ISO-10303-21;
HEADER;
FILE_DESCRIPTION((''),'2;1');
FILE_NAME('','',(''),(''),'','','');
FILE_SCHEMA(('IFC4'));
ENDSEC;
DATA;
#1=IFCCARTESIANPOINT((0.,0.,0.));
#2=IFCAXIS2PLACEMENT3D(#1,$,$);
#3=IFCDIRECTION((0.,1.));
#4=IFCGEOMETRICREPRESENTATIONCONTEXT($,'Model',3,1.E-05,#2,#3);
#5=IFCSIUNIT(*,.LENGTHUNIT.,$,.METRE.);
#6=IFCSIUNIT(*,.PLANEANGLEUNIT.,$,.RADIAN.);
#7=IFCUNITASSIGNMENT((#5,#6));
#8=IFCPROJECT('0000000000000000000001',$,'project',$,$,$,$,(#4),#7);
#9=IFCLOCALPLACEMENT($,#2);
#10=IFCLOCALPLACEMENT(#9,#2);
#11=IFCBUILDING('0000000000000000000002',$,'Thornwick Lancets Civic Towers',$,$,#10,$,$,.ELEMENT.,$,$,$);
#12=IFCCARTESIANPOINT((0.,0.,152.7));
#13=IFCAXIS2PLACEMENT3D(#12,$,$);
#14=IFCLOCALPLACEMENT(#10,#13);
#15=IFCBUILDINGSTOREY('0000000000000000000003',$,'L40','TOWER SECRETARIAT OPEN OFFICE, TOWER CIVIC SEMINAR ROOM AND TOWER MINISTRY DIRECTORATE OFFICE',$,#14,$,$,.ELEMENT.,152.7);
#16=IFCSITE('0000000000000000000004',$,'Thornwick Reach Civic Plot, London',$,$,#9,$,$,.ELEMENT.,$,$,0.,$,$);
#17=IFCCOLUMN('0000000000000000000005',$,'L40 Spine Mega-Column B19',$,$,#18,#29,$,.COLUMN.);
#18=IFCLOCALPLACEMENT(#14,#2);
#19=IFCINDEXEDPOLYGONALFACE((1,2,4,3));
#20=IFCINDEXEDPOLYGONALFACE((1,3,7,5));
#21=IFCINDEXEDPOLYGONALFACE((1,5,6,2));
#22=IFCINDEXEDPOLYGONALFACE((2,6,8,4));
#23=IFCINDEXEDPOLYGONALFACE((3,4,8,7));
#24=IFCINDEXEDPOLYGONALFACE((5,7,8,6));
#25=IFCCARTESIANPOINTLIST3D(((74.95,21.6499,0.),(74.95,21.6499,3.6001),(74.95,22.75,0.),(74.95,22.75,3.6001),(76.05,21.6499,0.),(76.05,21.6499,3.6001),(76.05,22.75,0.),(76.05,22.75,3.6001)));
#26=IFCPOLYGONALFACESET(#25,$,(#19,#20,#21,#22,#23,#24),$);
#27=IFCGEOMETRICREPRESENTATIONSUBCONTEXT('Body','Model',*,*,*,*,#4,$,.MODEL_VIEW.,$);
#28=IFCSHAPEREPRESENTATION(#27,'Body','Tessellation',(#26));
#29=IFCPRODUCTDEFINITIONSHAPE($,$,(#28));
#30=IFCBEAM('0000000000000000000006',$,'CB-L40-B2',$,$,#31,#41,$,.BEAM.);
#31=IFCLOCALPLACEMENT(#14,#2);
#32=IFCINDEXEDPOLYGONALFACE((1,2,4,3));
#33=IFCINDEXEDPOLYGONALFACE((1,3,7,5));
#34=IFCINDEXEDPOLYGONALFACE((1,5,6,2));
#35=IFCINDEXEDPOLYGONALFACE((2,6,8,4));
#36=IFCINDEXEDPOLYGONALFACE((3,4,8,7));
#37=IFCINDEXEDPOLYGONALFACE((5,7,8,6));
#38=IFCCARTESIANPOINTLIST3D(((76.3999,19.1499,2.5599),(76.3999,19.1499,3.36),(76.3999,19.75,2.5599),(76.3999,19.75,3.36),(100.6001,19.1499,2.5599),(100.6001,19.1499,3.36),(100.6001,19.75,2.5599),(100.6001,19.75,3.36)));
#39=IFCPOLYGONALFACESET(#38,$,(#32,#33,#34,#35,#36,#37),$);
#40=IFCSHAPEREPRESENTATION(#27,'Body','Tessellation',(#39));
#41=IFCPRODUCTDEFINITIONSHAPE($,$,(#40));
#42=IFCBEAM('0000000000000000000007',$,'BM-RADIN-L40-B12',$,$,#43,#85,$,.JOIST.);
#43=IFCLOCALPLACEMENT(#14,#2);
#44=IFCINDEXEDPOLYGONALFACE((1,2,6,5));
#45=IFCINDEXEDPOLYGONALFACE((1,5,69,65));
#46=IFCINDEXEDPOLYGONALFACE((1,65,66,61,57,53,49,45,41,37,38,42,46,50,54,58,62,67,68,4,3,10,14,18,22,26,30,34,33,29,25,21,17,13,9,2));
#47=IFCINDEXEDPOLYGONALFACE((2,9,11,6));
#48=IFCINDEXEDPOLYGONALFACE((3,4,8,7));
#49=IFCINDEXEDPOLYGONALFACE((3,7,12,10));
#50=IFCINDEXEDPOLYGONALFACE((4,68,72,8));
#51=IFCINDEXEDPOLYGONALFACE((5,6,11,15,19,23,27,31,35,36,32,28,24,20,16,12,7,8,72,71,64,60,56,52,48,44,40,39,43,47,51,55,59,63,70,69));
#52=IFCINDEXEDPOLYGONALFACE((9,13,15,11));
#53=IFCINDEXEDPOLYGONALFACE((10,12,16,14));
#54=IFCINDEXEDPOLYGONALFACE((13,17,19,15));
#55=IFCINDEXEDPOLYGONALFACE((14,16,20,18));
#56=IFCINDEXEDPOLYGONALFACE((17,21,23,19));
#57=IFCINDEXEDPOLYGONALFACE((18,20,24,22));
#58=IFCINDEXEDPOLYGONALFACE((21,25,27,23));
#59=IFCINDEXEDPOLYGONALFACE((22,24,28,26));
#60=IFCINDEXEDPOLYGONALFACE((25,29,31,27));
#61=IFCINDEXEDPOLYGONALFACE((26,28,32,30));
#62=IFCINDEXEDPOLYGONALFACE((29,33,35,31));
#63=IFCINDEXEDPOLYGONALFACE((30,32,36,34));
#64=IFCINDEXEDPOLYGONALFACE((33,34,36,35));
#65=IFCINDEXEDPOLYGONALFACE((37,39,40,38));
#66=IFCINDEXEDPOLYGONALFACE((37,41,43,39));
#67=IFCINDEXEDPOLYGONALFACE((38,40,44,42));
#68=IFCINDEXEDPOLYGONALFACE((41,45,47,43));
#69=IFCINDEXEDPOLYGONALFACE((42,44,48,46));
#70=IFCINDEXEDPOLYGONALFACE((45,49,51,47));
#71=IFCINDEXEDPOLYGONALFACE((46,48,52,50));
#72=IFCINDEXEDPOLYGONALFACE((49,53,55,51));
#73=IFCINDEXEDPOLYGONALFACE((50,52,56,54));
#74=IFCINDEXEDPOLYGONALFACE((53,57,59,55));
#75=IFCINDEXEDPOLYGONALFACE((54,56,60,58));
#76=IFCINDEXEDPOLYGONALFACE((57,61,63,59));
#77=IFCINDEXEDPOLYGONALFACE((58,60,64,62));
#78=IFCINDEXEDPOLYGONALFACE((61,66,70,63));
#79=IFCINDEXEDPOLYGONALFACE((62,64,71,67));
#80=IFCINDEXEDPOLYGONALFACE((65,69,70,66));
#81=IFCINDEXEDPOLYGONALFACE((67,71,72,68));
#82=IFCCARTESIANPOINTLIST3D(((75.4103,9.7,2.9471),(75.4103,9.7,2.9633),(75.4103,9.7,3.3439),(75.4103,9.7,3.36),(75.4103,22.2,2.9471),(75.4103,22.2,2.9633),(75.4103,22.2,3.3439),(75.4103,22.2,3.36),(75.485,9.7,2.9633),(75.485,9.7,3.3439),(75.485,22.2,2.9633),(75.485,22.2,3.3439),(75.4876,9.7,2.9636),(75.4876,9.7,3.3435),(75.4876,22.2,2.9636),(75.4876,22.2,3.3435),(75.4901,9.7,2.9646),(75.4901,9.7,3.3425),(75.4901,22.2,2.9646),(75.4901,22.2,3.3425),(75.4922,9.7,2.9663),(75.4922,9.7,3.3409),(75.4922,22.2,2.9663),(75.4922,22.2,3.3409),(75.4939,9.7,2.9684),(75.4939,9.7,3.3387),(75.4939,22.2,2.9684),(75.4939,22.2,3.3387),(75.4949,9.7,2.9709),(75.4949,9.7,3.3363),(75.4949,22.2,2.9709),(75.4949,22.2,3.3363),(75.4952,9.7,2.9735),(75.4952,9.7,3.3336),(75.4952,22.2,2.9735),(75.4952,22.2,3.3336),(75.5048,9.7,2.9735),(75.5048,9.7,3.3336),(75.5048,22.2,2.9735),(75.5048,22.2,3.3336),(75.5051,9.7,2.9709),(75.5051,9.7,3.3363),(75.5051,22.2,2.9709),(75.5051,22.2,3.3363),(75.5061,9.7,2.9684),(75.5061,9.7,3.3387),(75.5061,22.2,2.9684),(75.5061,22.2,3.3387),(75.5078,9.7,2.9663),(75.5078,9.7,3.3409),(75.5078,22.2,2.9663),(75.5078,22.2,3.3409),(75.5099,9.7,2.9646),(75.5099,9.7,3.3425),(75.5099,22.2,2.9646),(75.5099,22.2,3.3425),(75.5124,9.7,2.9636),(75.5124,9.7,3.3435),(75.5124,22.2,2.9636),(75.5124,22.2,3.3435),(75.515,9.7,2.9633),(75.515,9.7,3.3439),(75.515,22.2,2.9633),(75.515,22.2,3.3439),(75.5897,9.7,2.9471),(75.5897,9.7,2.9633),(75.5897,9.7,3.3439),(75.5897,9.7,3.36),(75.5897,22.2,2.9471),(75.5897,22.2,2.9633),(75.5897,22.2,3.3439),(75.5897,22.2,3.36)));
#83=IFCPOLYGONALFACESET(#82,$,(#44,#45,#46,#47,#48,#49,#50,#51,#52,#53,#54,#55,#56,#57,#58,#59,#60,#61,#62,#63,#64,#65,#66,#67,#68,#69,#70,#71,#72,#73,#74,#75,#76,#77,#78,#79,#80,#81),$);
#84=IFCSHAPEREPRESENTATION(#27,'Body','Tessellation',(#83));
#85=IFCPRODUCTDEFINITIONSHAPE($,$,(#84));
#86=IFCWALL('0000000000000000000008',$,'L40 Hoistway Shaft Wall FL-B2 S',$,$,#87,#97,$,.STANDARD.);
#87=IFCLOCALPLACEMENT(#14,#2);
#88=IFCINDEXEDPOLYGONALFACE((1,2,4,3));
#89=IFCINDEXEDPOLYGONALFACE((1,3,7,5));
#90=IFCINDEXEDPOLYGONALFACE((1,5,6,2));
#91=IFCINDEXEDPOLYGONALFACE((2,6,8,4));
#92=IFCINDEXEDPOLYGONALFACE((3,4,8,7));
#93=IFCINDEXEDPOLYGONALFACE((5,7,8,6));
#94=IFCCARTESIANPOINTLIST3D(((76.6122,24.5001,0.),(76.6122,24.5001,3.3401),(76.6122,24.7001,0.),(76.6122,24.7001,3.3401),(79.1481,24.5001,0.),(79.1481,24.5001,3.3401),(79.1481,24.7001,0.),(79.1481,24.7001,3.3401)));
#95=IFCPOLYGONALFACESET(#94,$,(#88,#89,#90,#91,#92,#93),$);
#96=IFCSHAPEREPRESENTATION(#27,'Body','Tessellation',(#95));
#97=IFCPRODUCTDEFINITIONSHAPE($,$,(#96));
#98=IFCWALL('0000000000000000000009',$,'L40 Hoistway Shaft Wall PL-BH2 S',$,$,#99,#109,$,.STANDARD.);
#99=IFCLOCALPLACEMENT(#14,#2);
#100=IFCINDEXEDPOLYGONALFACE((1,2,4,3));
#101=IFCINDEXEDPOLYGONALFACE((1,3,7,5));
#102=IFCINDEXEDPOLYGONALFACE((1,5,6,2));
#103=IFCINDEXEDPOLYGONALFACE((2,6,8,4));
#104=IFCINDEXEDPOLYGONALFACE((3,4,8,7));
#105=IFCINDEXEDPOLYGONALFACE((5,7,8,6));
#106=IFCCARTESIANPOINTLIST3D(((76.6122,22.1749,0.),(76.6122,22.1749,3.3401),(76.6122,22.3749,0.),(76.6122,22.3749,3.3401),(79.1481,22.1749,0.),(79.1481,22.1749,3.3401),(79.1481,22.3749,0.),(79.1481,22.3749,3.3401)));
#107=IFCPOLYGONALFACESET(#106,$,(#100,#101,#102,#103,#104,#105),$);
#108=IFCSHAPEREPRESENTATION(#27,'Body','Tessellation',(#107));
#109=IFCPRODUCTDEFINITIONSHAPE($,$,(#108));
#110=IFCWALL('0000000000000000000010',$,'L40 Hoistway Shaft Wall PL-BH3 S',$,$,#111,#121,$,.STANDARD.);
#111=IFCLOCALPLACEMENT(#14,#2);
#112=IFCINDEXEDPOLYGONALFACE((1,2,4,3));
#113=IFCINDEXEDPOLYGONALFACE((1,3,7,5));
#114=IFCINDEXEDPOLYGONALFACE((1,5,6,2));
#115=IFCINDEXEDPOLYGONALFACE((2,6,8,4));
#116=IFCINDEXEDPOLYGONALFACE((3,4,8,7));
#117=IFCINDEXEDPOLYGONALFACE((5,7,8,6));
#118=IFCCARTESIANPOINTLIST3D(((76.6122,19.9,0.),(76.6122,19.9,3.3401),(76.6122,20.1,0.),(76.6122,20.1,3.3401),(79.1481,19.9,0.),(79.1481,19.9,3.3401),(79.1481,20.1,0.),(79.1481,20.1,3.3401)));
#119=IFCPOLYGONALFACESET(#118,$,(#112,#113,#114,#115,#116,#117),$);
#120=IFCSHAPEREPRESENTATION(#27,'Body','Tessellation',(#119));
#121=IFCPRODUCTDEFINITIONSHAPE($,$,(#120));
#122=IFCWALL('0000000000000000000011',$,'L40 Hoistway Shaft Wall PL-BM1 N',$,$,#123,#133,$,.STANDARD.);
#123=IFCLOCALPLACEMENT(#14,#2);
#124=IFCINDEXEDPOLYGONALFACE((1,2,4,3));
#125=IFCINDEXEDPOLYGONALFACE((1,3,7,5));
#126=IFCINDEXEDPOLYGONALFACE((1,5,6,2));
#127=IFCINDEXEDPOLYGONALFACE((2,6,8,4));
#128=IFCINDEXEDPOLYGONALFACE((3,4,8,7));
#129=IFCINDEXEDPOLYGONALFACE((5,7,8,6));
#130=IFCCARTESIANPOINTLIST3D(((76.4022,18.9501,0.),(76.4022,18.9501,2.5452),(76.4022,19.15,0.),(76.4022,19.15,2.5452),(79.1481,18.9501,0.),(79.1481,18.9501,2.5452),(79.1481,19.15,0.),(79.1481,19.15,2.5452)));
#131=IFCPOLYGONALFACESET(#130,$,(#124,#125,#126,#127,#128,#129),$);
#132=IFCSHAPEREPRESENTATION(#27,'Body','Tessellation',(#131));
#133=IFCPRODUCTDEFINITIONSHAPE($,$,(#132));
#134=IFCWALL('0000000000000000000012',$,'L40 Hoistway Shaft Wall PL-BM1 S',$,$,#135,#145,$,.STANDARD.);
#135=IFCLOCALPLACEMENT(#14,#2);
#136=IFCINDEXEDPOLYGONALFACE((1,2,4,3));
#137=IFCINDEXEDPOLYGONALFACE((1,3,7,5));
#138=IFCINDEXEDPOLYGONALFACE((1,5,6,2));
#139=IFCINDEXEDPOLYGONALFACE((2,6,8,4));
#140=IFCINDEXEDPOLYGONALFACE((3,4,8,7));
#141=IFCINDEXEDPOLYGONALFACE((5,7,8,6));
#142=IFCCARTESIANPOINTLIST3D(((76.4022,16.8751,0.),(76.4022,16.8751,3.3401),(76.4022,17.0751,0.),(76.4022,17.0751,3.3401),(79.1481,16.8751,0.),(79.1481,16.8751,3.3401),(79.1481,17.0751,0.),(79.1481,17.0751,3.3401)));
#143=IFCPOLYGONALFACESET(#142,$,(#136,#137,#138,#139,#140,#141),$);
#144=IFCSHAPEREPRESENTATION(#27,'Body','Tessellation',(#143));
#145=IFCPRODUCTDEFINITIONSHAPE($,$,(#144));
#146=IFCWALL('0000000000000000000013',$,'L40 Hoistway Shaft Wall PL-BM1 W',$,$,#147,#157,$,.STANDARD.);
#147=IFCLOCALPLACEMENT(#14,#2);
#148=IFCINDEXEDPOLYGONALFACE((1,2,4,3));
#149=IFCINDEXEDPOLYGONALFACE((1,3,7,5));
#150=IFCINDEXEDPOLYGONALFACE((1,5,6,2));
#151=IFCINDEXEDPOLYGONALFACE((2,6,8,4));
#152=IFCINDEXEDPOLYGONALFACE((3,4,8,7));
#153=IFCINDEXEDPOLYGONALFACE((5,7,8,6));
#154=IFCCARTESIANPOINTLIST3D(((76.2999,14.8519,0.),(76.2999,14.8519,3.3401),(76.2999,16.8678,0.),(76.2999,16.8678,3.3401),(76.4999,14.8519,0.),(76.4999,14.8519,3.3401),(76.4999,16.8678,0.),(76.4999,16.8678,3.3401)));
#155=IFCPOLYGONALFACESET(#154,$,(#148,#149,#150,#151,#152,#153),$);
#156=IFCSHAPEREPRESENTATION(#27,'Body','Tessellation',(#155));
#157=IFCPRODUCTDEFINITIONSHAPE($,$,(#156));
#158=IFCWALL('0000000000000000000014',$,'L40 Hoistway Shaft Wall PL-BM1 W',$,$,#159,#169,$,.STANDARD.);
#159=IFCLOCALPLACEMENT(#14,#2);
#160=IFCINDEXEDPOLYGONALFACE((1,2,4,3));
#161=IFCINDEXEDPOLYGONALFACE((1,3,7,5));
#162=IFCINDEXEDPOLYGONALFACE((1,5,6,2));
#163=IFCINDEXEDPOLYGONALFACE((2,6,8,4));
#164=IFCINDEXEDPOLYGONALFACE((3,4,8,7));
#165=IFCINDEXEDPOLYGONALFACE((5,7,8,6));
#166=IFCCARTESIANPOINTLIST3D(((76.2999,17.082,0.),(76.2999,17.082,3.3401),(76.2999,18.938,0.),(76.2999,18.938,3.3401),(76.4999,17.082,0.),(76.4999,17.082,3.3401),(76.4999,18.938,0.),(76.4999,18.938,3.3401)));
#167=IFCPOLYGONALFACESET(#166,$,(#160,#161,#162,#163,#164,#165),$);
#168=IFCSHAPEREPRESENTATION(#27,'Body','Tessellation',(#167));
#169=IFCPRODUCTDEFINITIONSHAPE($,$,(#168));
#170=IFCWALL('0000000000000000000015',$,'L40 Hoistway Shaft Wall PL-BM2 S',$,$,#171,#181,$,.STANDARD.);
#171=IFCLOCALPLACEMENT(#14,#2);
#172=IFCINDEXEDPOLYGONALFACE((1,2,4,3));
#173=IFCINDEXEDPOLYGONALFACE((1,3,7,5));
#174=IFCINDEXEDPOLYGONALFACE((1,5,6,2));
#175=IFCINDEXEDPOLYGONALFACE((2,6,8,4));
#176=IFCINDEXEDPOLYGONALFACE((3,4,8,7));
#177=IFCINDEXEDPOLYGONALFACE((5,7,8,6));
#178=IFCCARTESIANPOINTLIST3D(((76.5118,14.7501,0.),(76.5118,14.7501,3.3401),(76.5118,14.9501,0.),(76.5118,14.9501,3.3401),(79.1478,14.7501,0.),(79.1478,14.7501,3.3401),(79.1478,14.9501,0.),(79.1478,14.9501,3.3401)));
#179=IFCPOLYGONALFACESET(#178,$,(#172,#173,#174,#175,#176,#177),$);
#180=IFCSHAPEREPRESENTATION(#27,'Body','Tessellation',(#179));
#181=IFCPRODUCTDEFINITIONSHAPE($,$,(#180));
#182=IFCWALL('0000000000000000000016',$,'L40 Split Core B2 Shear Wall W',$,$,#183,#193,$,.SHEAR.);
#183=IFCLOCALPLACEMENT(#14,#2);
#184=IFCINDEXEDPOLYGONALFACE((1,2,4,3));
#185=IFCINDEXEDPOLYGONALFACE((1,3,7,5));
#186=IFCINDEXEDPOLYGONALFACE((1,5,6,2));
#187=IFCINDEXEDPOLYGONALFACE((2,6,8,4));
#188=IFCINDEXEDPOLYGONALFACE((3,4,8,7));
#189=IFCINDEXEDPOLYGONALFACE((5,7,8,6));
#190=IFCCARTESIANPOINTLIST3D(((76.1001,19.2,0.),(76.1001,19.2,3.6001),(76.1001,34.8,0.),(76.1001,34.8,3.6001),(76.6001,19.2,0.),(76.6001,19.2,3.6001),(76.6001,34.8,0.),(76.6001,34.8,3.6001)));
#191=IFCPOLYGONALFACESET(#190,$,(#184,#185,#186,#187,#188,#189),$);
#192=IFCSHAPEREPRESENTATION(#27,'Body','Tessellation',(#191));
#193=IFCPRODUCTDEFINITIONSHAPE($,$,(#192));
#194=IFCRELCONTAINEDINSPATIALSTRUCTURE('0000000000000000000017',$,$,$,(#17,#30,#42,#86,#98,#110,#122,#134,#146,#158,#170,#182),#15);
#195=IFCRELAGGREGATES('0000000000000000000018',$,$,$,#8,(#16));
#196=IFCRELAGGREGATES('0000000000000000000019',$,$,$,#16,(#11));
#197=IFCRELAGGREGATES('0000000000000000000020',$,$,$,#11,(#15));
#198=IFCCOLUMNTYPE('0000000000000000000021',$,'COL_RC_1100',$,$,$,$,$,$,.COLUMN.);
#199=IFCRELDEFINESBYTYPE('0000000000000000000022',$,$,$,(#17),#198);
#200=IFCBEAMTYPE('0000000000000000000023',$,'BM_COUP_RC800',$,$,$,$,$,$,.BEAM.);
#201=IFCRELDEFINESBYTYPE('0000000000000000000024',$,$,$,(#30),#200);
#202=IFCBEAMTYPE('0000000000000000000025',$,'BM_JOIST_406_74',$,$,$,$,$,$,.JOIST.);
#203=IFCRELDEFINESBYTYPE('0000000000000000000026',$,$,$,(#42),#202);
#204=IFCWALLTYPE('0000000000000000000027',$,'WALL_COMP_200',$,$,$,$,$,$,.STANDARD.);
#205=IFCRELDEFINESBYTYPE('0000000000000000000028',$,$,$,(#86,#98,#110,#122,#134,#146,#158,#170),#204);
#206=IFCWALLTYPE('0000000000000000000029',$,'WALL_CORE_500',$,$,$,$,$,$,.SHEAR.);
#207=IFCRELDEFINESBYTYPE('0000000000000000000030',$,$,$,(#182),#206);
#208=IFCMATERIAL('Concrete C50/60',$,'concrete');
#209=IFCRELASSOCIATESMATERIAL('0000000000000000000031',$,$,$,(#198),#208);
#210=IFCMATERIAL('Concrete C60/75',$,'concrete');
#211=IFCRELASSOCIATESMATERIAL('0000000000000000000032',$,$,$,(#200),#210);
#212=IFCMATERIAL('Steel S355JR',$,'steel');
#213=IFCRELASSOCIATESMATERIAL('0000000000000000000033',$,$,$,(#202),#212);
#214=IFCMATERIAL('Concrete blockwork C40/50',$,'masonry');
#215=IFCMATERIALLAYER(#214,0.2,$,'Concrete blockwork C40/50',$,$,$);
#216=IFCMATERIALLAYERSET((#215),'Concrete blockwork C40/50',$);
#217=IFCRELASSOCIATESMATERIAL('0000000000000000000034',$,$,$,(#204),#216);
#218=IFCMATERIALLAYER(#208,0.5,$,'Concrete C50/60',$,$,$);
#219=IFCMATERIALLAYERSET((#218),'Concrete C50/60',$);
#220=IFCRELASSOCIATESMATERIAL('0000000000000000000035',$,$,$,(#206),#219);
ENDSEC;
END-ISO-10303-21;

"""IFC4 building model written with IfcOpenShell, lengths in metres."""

from ifc_helpers import new_model, si_unit, direction, frame, frame_2d, origin, origin_2d, place, context, subcontext, project, spatial, rectangle, i_section, extrude, material, layer, layer_set, material_profile, profile_set, type_object, element, save


model = new_model("IFC4")

# Units and contexts
model_context = context("Model", 3, precision=1e-05, world=origin(), true_north=direction((0.0, 1.0)))
body_context = subcontext(model_context, "Body", "Model", "MODEL_VIEW")
ifc_project = project(units=[si_unit("LENGTHUNIT", "METRE"), si_unit("PLANEANGLEUNIT", "RADIAN")], contexts=[model_context])

# Site, building, storey
site_placement = place(None, origin())
site = spatial("IfcSite", under=ifc_project, at=site_placement, Name="Thornwick Reach Civic Plot, London", CompositionType="ELEMENT", RefElevation=0.0)
building_placement = place(site_placement, origin())
building = spatial("IfcBuilding", under=site, at=building_placement, Name="Thornwick Lancets Civic Towers", CompositionType="ELEMENT")
storey_placement = place(building_placement, frame((0.0, 0.0, 152.7)))
storey = spatial("IfcBuildingStorey", under=building, at=storey_placement, Name="L40", Description="TOWER SECRETARIAT OPEN OFFICE, TOWER CIVIC SEMINAR ROOM AND TOWER MINISTRY DIRECTORATE OFFICE", CompositionType="ELEMENT", Elevation=152.7)

# Column
ifc_material_1 = material(Name="Concrete C50/60", Category="concrete")
ifc_material_profile_1 = material_profile(ifc_material_1, rectangle(XDim=1.1001, YDim=1.1001, at=origin_2d()), Name="RC 1100x1100")
ifc_profile_set_1 = profile_set([ifc_material_profile_1], Name="Concrete C50/60")
column_type = type_object("IfcColumnType", Name="COL_RC_1100", PredefinedType="COLUMN", material=ifc_profile_set_1)
column_placement = place(storey_placement, frame((75.5, 22.2, 0.0), z_axis=(0.0, 0.0, 1.0), x_axis=(1.0, 0.0, 0.0)))
element("IfcColumn", 1, at=column_placement, inside=storey, type_object=column_type, Name="L40 Spine Mega-Column B19", PredefinedType="COLUMN", context=body_context, shape_type="SweptSolid", body=[
    extrude(rectangle(XDim=1.1001, YDim=1.1001, at=origin_2d()), origin(), (0.0, 0.0, 1.0), 3.6001),
])

# Beams
ifc_material_2 = material(Name="Concrete C60/75", Category="concrete")
ifc_material_profile_2 = material_profile(ifc_material_2, rectangle(XDim=0.6001, YDim=0.8, at=origin_2d()), Name="RC 600x800")
ifc_profile_set_2 = profile_set([ifc_material_profile_2], Name="Concrete C60/75")
beam_type_1 = type_object("IfcBeamType", Name="BM_COUP_RC800", PredefinedType="BEAM", material=ifc_profile_set_2)
beam_1_placement = place(storey_placement, frame((76.3999, 19.45, 2.96), z_axis=(1.0, 0.0, 0.0), x_axis=(0.0, 1.0, 0.0)))
element("IfcBeam", 2, at=beam_1_placement, inside=storey, type_object=beam_type_1, Name="CB-L40-B2", PredefinedType="BEAM", context=body_context, shape_type="SweptSolid", body=[
    extrude(rectangle(XDim=0.6001, YDim=0.8, at=origin_2d()), origin(), (0.0, 0.0, 1.0), 24.2002),
])
ifc_material_3 = material(Name="Steel S355JR", Category="steel")
ifc_material_profile_3 = material_profile(ifc_material_3, i_section(OverallWidth=0.1794, OverallDepth=0.4128, WebThickness=0.0095, FlangeThickness=0.0161, FilletRadius=0.0103, at=origin_2d()), Name="UKB 406x178x74")
ifc_profile_set_3 = profile_set([ifc_material_profile_3], Name="Steel S355JR")
beam_type_2 = type_object("IfcBeamType", Name="BM_JOIST_406_74", PredefinedType="JOIST", material=ifc_profile_set_3)
beam_2_placement = place(storey_placement, frame((75.5, 22.2, 3.1536), z_axis=(0.0, -1.0, 0.0), x_axis=(1.0, 0.0, 0.0)))
element("IfcBeam", 3, at=beam_2_placement, inside=storey, type_object=beam_type_2, Name="BM-RADIN-L40-B12", PredefinedType="JOIST", context=body_context, shape_type="SweptSolid", body=[
    extrude(i_section(OverallWidth=0.1794, OverallDepth=0.4128, WebThickness=0.0095, FlangeThickness=0.0161, FilletRadius=0.0103, at=origin_2d()), origin(), (0.0, 0.0, 1.0), 12.5),
])

# Walls
ifc_material_4 = material(Name="Concrete blockwork C40/50", Category="masonry")
ifc_layer_1 = layer(ifc_material_4, 0.2, Name="Concrete blockwork C40/50")
ifc_layer_set_1 = layer_set([ifc_layer_1], Name="Concrete blockwork C40/50")
wall_type_1 = type_object("IfcWallType", Name="WALL_COMP_200", PredefinedType="STANDARD", material=ifc_layer_set_1)
for number, where, z_axis, x_axis, name in (
    (4, (76.6121, 24.6001, 0.0), (0.0, 0.0, 1.0), (1.0, 0.0, 0.0), "L40 Hoistway Shaft Wall FL-B2 S"),
    (5, (76.6121, 22.2749, 0.0), (0.0, 0.0, 1.0), (1.0, 0.0, 0.0), "L40 Hoistway Shaft Wall PL-BH2 S"),
    (6, (76.6121, 20.0, 0.0), (0.0, 0.0, 1.0), (1.0, 0.0, 0.0), "L40 Hoistway Shaft Wall PL-BH3 S"),
):
    element("IfcWall", number, at=place(storey_placement, frame(where, z_axis=z_axis, x_axis=x_axis)), inside=storey, type_object=wall_type_1, Name=name, PredefinedType="STANDARD", context=body_context, shape_type="SweptSolid", body=[
        extrude(rectangle(XDim=2.5359, YDim=0.2, at=frame_2d((1.2681, 0.0))), origin(), (0.0, 0.0, 1.0), 3.3401),
    ])
wall_1_placement = place(storey_placement, frame((76.4021, 19.05, 0.0), z_axis=(0.0, 0.0, 1.0), x_axis=(1.0, 0.0, 0.0)))
element("IfcWall", 7, at=wall_1_placement, inside=storey, type_object=wall_type_1, Name="L40 Hoistway Shaft Wall PL-BM1 N", PredefinedType="STANDARD", context=body_context, shape_type="SweptSolid", body=[
    extrude(rectangle(XDim=2.7458, YDim=0.2, at=frame_2d((1.373, 0.0))), origin(), (0.0, 0.0, 1.0), 2.5452),
])
wall_2_placement = place(storey_placement, frame((76.4021, 16.9751, 0.0), z_axis=(0.0, 0.0, 1.0), x_axis=(1.0, 0.0, 0.0)))
element("IfcWall", 8, at=wall_2_placement, inside=storey, type_object=wall_type_1, Name="L40 Hoistway Shaft Wall PL-BM1 S", PredefinedType="STANDARD", context=body_context, shape_type="SweptSolid", body=[
    extrude(rectangle(XDim=2.7458, YDim=0.2, at=frame_2d((1.373, 0.0))), origin(), (0.0, 0.0, 1.0), 3.3401),
])
wall_3_placement = place(storey_placement, frame((76.3999, 14.8521, 0.0), z_axis=(0.0, 0.0, 1.0), x_axis=(0.0, 1.0, 0.0)))
element("IfcWall", 9, at=wall_3_placement, inside=storey, type_object=wall_type_1, Name="L40 Hoistway Shaft Wall PL-BM1 W", PredefinedType="STANDARD", context=body_context, shape_type="SweptSolid", body=[
    extrude(rectangle(XDim=2.0159, YDim=0.2, at=frame_2d((1.0078, 0.0))), origin(), (0.0, 0.0, 1.0), 3.3401),
])
wall_4_placement = place(storey_placement, frame((76.3999, 17.082, 0.0), z_axis=(0.0, 0.0, 1.0), x_axis=(0.0, 1.0, 0.0)))
element("IfcWall", 10, at=wall_4_placement, inside=storey, type_object=wall_type_1, Name="L40 Hoistway Shaft Wall PL-BM1 W", PredefinedType="STANDARD", context=body_context, shape_type="SweptSolid", body=[
    extrude(rectangle(XDim=1.856, YDim=0.2, at=frame_2d((0.928, 0.0))), origin(), (0.0, 0.0, 1.0), 3.3401),
])
wall_5_placement = place(storey_placement, frame((76.512, 14.8501, 0.0), z_axis=(0.0, 0.0, 1.0), x_axis=(1.0, 0.0, 0.0)))
element("IfcWall", 11, at=wall_5_placement, inside=storey, type_object=wall_type_1, Name="L40 Hoistway Shaft Wall PL-BM2 S", PredefinedType="STANDARD", context=body_context, shape_type="SweptSolid", body=[
    extrude(rectangle(XDim=2.636, YDim=0.2, at=frame_2d((1.3179, 0.0))), origin(), (0.0, 0.0, 1.0), 3.3401),
])
ifc_layer_2 = layer(ifc_material_1, 0.5, Name="Concrete C50/60")
ifc_layer_set_2 = layer_set([ifc_layer_2], Name="Concrete C50/60")
wall_type_2 = type_object("IfcWallType", Name="WALL_CORE_500", PredefinedType="SHEAR", material=ifc_layer_set_2)
wall_6_placement = place(storey_placement, frame((76.3501, 19.2, 0.0), z_axis=(0.0, 0.0, 1.0), x_axis=(0.0, 1.0, 0.0)))
element("IfcWall", 12, at=wall_6_placement, inside=storey, type_object=wall_type_2, Name="L40 Split Core B2 Shear Wall W", PredefinedType="SHEAR", context=body_context, shape_type="SweptSolid", body=[
    extrude(rectangle(XDim=15.6001, YDim=0.5, at=frame_2d((7.8, 0.0))), origin(), (0.0, 0.0, 1.0), 3.6001),
])

save(model, "model.ifc")
